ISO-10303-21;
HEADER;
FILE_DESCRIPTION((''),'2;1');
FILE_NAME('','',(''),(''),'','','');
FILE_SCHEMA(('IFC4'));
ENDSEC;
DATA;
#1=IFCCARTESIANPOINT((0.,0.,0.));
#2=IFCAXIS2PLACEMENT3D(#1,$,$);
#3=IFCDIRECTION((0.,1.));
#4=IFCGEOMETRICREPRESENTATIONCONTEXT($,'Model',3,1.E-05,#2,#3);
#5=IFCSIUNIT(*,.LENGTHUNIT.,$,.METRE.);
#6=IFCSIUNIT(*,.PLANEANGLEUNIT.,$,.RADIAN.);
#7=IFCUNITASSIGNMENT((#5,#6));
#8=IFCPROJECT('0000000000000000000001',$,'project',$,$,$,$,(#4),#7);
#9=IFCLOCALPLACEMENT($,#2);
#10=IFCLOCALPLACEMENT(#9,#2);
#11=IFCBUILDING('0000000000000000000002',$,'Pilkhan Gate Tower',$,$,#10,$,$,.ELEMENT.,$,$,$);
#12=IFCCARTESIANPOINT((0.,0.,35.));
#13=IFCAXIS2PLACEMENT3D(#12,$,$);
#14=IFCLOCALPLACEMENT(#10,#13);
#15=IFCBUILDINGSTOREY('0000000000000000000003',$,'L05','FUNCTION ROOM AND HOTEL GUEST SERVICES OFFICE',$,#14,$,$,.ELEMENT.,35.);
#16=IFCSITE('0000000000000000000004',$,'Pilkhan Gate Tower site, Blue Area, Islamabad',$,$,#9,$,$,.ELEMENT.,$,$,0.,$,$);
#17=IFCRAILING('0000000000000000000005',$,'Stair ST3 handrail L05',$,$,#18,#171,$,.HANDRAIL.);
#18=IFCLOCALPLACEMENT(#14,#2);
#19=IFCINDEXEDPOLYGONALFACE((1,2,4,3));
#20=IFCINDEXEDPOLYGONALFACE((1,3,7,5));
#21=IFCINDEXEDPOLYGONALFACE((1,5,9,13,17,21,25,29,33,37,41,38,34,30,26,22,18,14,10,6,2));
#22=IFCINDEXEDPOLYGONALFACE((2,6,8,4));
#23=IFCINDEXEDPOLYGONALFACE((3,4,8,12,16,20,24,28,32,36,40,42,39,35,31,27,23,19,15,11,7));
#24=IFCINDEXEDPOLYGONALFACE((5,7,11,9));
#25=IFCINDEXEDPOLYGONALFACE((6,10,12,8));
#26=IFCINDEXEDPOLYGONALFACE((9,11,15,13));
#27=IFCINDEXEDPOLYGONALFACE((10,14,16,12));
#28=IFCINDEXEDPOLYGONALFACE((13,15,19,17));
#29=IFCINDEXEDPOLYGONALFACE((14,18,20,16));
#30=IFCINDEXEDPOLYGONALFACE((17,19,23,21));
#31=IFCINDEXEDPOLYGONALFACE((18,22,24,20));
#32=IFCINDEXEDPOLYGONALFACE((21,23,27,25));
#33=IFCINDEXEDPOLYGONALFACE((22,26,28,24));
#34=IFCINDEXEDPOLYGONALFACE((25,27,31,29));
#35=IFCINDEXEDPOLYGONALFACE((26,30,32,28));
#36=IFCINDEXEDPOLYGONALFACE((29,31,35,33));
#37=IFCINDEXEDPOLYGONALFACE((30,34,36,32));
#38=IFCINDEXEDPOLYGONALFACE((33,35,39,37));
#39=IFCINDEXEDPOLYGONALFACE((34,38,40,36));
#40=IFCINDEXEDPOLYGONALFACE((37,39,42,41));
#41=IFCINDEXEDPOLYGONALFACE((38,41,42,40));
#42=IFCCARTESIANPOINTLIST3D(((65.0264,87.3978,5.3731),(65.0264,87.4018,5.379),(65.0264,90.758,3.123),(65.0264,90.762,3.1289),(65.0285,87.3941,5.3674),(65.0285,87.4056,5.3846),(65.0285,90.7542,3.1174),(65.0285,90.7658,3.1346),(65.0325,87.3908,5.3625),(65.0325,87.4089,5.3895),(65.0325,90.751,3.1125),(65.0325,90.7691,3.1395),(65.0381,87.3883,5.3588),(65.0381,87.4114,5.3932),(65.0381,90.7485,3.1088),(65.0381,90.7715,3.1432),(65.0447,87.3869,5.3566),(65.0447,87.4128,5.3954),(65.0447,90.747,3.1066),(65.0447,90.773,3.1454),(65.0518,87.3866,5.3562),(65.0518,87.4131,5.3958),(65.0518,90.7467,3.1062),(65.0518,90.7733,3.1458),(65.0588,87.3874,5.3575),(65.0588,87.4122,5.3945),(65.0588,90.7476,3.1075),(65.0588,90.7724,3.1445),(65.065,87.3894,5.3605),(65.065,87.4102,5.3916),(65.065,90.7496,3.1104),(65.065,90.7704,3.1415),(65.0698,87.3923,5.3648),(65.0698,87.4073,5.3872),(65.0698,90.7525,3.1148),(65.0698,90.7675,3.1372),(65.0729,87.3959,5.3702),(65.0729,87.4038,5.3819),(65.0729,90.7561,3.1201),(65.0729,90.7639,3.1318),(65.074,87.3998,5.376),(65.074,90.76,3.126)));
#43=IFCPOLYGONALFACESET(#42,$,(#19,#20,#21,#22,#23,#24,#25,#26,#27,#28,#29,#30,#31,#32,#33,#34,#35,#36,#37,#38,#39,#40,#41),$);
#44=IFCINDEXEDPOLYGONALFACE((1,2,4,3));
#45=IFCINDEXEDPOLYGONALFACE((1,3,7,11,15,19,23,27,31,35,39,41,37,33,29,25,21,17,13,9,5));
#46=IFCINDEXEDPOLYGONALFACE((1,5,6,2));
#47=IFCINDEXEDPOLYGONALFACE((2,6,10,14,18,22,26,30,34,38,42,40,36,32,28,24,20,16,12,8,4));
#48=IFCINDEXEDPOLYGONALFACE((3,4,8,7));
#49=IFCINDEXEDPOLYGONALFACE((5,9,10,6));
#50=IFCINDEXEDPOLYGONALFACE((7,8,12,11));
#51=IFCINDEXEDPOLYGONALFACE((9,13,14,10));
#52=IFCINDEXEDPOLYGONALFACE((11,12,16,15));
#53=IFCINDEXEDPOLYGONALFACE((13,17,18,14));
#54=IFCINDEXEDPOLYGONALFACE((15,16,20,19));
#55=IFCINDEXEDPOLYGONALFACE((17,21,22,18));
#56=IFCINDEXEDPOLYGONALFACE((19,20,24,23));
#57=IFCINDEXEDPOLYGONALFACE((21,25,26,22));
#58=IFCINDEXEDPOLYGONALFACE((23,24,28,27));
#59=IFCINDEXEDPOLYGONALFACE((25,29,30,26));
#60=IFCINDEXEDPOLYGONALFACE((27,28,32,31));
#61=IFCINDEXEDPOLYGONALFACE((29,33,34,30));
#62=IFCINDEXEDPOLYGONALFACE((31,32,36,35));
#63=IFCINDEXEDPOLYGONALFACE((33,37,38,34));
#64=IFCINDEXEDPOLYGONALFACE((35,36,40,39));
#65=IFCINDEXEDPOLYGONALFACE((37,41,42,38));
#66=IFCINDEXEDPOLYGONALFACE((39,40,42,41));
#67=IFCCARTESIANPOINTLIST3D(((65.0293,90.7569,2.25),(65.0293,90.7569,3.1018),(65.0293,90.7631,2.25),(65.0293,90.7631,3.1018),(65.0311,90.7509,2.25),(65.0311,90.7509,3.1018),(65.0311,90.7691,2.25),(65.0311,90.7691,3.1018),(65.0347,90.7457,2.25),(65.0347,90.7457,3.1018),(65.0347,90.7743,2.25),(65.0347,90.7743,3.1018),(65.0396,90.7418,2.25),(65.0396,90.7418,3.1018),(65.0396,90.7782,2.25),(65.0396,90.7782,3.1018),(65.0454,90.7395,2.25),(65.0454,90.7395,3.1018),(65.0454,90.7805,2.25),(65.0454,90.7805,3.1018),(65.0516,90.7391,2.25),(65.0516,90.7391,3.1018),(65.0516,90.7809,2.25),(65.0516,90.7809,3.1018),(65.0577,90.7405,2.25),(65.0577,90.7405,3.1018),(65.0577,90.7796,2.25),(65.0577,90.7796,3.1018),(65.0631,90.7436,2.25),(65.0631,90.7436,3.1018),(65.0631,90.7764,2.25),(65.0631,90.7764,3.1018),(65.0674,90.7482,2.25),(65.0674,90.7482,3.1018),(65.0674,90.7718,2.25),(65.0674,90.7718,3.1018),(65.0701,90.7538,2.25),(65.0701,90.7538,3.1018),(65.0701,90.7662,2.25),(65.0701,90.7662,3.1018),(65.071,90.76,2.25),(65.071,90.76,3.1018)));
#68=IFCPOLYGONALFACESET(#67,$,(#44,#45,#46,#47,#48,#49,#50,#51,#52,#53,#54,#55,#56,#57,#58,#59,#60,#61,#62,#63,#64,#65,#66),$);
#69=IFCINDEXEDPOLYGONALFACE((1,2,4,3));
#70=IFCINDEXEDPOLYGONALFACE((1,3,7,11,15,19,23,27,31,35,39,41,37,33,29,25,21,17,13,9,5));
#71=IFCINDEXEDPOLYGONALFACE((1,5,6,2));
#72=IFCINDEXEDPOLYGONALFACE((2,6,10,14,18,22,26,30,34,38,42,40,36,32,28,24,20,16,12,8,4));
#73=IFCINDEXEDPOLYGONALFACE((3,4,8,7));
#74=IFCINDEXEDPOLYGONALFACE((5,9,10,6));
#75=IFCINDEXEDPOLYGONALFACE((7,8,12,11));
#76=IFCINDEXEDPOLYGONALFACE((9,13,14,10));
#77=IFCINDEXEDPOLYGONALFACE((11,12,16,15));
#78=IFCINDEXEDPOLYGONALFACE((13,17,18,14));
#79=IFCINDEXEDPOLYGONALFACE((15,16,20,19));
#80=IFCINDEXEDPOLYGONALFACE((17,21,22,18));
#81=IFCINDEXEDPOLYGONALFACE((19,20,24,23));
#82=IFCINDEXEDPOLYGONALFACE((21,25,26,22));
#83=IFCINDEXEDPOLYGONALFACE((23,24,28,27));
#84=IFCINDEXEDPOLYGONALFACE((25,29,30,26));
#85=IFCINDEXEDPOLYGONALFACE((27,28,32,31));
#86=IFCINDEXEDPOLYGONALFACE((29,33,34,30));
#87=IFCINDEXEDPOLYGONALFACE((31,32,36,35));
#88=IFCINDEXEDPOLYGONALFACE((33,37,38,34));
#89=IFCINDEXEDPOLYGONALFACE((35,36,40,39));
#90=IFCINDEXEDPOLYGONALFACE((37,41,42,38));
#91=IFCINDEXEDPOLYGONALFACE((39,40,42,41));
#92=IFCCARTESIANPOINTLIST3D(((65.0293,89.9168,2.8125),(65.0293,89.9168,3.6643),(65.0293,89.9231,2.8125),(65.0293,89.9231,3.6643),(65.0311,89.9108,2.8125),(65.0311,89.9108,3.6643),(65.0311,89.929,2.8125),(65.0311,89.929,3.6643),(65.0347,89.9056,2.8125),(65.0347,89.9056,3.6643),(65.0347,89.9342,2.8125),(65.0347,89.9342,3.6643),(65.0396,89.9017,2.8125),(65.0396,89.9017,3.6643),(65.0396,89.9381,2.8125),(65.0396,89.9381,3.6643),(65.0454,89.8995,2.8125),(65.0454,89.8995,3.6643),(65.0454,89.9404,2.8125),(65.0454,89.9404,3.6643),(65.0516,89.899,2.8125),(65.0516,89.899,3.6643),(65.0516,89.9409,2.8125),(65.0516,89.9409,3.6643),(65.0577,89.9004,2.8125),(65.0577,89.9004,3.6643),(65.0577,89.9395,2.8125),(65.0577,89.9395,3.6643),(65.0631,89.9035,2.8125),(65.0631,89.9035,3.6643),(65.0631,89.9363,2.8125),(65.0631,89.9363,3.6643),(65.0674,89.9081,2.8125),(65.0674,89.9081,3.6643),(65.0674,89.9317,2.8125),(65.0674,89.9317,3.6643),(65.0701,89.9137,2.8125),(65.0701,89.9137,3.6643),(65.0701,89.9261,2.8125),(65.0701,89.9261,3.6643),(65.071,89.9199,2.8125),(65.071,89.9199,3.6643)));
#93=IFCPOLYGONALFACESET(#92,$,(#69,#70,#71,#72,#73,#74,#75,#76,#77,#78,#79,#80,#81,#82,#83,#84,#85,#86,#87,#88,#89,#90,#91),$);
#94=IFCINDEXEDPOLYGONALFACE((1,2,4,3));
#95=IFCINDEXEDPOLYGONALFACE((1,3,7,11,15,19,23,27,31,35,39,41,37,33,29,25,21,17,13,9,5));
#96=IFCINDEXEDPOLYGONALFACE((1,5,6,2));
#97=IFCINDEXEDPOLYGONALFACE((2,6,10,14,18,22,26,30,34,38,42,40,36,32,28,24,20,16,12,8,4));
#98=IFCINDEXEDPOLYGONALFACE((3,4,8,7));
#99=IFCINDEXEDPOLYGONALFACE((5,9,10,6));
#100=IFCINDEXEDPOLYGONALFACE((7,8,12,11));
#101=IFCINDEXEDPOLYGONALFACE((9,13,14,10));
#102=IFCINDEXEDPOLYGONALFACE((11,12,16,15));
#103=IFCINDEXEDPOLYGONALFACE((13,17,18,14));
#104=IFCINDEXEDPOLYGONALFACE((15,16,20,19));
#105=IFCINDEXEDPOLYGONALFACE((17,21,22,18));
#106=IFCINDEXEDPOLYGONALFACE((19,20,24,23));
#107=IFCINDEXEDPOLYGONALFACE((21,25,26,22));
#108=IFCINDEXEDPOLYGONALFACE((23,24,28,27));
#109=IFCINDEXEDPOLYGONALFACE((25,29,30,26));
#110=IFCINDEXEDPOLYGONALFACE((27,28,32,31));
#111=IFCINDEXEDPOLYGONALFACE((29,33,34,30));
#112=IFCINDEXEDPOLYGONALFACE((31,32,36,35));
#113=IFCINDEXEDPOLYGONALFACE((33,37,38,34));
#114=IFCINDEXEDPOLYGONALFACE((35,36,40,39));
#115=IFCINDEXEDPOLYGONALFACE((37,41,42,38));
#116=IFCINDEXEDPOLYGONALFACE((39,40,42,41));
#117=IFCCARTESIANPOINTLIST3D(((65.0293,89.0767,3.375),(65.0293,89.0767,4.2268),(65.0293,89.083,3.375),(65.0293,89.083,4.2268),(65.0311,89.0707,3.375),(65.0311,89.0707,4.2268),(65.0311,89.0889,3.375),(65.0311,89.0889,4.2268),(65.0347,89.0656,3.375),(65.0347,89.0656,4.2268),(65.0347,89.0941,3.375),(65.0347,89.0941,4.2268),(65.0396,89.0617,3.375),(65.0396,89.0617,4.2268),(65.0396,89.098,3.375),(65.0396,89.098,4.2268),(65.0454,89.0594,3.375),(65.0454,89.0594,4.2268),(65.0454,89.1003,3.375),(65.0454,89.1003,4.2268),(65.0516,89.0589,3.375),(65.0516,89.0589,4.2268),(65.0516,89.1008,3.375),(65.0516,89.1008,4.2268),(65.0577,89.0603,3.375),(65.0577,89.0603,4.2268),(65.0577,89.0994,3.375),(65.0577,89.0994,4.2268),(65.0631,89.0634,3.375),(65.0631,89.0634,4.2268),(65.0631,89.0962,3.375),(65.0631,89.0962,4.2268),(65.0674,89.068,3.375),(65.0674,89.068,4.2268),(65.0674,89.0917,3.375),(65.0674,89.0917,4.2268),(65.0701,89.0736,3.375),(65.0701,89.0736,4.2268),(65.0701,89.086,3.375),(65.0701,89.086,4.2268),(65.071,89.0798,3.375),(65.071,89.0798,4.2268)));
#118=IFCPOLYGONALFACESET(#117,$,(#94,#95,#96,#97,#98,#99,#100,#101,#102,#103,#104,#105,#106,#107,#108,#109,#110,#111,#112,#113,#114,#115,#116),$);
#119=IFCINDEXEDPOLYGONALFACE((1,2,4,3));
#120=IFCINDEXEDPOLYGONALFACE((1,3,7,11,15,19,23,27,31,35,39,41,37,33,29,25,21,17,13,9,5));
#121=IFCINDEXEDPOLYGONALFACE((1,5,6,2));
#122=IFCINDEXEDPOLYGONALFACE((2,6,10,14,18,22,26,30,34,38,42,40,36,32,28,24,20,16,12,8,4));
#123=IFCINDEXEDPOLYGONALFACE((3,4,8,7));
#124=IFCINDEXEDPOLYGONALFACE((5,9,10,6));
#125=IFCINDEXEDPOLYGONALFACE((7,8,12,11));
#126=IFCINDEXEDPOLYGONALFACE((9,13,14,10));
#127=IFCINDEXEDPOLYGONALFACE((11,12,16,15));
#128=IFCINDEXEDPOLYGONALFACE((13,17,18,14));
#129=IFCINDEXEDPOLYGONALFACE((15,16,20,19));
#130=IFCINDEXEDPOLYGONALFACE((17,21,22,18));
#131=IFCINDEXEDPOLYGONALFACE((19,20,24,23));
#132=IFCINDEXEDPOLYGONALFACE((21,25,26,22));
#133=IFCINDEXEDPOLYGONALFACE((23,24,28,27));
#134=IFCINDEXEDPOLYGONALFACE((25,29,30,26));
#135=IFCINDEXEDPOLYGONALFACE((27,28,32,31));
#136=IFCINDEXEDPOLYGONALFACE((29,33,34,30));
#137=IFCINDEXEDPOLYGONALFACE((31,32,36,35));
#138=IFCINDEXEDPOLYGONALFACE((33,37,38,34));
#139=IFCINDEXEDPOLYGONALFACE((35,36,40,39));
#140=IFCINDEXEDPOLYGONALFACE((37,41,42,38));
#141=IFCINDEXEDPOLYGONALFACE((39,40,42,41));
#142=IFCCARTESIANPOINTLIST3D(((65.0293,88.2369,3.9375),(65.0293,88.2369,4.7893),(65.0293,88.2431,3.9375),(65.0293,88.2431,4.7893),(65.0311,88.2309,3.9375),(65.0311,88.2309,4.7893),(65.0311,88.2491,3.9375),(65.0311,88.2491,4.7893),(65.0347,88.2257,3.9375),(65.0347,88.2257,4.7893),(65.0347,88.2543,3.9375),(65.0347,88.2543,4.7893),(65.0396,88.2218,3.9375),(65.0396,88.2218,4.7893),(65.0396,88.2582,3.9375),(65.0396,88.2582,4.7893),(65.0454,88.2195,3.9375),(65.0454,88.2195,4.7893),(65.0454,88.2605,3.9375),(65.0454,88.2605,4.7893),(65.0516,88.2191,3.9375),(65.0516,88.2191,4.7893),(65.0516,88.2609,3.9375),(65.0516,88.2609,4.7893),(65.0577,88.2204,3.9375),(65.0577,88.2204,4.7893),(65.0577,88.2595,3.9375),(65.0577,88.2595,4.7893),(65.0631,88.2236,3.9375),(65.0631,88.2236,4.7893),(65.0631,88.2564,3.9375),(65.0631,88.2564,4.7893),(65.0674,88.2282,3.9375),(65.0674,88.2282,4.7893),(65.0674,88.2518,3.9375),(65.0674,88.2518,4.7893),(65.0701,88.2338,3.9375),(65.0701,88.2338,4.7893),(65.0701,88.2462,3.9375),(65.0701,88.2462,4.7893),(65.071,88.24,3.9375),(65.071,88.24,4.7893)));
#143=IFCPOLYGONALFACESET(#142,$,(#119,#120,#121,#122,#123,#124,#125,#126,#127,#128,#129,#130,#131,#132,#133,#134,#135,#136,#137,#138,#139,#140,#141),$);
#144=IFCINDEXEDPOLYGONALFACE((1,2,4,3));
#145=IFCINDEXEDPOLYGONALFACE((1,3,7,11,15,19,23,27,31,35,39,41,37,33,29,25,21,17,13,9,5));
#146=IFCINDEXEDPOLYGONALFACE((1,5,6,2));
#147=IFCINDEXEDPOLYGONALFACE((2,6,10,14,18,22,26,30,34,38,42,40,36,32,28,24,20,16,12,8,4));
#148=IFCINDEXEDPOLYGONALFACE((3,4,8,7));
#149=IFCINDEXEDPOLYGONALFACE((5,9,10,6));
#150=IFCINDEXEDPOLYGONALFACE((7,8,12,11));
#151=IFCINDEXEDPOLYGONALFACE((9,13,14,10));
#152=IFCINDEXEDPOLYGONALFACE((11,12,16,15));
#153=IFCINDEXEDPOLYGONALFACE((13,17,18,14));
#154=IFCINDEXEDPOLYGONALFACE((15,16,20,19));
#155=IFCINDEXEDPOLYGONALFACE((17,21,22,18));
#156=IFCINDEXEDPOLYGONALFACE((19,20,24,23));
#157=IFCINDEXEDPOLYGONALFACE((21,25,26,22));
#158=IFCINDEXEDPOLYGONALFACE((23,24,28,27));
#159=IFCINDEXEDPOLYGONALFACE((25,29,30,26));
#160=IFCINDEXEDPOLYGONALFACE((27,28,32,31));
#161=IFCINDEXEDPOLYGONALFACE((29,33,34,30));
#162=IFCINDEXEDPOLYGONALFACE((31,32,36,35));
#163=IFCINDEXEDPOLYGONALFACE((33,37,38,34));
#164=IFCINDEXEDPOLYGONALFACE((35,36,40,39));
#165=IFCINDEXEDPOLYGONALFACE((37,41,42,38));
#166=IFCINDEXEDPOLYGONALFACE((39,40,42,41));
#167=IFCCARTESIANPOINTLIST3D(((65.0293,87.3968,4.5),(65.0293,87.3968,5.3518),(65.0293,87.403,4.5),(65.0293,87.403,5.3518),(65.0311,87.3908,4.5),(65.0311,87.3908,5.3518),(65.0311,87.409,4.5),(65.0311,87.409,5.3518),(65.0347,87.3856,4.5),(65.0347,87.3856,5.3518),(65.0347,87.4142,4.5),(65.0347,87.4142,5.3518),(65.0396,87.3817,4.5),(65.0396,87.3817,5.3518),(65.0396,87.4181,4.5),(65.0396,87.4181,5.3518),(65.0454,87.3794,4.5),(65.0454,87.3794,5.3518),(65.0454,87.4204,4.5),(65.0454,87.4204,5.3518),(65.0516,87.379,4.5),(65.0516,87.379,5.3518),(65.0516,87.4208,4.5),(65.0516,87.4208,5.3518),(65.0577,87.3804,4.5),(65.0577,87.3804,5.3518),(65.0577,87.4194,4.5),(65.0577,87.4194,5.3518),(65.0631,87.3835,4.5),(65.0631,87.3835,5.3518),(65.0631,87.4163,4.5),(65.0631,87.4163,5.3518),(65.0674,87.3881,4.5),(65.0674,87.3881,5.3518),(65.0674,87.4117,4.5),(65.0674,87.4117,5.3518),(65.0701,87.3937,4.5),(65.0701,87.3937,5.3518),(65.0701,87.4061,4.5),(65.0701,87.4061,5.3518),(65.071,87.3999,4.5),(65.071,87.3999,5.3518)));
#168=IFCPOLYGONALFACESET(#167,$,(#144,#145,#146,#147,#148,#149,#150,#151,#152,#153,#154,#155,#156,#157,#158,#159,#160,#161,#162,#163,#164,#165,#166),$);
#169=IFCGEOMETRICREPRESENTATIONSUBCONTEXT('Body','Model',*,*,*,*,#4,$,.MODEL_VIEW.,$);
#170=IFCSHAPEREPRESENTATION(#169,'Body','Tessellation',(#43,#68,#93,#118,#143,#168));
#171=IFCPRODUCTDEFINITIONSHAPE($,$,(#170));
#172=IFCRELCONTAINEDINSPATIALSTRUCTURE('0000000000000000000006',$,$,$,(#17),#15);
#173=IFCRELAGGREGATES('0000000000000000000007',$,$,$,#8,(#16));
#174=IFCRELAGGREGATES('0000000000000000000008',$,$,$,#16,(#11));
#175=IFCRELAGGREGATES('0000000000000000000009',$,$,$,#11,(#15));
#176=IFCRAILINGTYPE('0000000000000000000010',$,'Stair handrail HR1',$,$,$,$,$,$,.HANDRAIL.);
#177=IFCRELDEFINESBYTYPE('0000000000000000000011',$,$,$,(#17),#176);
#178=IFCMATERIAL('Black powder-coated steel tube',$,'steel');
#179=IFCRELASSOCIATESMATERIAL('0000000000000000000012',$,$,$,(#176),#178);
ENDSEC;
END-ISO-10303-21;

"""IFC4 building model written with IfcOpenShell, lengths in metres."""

from ifc_helpers import new_model, si_unit, direction, frame, origin, origin_2d, place, context, subcontext, project, spatial, circle, extrude, material, type_object, element, save


model = new_model("IFC4")

# Units and contexts
model_context = context("Model", 3, precision=1e-05, world=origin(), true_north=direction((0.0, 1.0)))
body_context = subcontext(model_context, "Body", "Model", "MODEL_VIEW")
ifc_project = project(units=[si_unit("LENGTHUNIT", "METRE"), si_unit("PLANEANGLEUNIT", "RADIAN")], contexts=[model_context])

# Site, building, storey
site_placement = place(None, origin())
site = spatial("IfcSite", under=ifc_project, at=site_placement, Name="Pilkhan Gate Tower site, Blue Area, Islamabad", CompositionType="ELEMENT", RefElevation=0.0)
building_placement = place(site_placement, origin())
building = spatial("IfcBuilding", under=site, at=building_placement, Name="Pilkhan Gate Tower", CompositionType="ELEMENT")
storey_placement = place(building_placement, frame((0.0, 0.0, 35.0)))
storey = spatial("IfcBuildingStorey", under=building, at=storey_placement, Name="L05", Description="FUNCTION ROOM AND HOTEL GUEST SERVICES OFFICE", CompositionType="ELEMENT", Elevation=35.0)

# Railing
ifc_material_1 = material(Name="Black powder-coated steel tube", Category="steel")
railing_type_1 = type_object("IfcRailingType", Name="Stair handrail HR1", PredefinedType="HANDRAIL", material=ifc_material_1)
railing_1_placement = place(storey_placement, frame((65.05, 90.76, 2.25)))
element("IfcRailing", 1, at=railing_1_placement, inside=storey, type_object=railing_type_1, Name="Stair ST3 handrail L05", PredefinedType="HANDRAIL", context=body_context, shape_type="SweptSolid", body=[
    extrude(circle(Radius=0.0239, at=origin_2d()), frame((0.0, 0.0, 0.876), z_axis=(0.0, -0.830915, 0.556399), x_axis=(1.0, 0.0, 0.0)), (0.0, 0.0, 1.0), 4.0439),
    extrude(circle(Radius=0.021, at=origin_2d()), origin(), (0.0, 0.0, 1.0), 0.8518),
    extrude(circle(Radius=0.021, at=origin_2d()), frame((0.0, -0.8401, 0.5625)), (0.0, 0.0, 1.0), 0.8518),
    extrude(circle(Radius=0.021, at=origin_2d()), frame((0.0, -1.6802, 1.125)), (0.0, 0.0, 1.0), 0.8518),
    extrude(circle(Radius=0.021, at=origin_2d()), frame((0.0, -2.52, 1.6875)), (0.0, 0.0, 1.0), 0.8518),
    extrude(circle(Radius=0.021, at=origin_2d()), frame((0.0, -3.3601, 2.25)), (0.0, 0.0, 1.0), 0.8518),
])

save(model, "model.ifc")
